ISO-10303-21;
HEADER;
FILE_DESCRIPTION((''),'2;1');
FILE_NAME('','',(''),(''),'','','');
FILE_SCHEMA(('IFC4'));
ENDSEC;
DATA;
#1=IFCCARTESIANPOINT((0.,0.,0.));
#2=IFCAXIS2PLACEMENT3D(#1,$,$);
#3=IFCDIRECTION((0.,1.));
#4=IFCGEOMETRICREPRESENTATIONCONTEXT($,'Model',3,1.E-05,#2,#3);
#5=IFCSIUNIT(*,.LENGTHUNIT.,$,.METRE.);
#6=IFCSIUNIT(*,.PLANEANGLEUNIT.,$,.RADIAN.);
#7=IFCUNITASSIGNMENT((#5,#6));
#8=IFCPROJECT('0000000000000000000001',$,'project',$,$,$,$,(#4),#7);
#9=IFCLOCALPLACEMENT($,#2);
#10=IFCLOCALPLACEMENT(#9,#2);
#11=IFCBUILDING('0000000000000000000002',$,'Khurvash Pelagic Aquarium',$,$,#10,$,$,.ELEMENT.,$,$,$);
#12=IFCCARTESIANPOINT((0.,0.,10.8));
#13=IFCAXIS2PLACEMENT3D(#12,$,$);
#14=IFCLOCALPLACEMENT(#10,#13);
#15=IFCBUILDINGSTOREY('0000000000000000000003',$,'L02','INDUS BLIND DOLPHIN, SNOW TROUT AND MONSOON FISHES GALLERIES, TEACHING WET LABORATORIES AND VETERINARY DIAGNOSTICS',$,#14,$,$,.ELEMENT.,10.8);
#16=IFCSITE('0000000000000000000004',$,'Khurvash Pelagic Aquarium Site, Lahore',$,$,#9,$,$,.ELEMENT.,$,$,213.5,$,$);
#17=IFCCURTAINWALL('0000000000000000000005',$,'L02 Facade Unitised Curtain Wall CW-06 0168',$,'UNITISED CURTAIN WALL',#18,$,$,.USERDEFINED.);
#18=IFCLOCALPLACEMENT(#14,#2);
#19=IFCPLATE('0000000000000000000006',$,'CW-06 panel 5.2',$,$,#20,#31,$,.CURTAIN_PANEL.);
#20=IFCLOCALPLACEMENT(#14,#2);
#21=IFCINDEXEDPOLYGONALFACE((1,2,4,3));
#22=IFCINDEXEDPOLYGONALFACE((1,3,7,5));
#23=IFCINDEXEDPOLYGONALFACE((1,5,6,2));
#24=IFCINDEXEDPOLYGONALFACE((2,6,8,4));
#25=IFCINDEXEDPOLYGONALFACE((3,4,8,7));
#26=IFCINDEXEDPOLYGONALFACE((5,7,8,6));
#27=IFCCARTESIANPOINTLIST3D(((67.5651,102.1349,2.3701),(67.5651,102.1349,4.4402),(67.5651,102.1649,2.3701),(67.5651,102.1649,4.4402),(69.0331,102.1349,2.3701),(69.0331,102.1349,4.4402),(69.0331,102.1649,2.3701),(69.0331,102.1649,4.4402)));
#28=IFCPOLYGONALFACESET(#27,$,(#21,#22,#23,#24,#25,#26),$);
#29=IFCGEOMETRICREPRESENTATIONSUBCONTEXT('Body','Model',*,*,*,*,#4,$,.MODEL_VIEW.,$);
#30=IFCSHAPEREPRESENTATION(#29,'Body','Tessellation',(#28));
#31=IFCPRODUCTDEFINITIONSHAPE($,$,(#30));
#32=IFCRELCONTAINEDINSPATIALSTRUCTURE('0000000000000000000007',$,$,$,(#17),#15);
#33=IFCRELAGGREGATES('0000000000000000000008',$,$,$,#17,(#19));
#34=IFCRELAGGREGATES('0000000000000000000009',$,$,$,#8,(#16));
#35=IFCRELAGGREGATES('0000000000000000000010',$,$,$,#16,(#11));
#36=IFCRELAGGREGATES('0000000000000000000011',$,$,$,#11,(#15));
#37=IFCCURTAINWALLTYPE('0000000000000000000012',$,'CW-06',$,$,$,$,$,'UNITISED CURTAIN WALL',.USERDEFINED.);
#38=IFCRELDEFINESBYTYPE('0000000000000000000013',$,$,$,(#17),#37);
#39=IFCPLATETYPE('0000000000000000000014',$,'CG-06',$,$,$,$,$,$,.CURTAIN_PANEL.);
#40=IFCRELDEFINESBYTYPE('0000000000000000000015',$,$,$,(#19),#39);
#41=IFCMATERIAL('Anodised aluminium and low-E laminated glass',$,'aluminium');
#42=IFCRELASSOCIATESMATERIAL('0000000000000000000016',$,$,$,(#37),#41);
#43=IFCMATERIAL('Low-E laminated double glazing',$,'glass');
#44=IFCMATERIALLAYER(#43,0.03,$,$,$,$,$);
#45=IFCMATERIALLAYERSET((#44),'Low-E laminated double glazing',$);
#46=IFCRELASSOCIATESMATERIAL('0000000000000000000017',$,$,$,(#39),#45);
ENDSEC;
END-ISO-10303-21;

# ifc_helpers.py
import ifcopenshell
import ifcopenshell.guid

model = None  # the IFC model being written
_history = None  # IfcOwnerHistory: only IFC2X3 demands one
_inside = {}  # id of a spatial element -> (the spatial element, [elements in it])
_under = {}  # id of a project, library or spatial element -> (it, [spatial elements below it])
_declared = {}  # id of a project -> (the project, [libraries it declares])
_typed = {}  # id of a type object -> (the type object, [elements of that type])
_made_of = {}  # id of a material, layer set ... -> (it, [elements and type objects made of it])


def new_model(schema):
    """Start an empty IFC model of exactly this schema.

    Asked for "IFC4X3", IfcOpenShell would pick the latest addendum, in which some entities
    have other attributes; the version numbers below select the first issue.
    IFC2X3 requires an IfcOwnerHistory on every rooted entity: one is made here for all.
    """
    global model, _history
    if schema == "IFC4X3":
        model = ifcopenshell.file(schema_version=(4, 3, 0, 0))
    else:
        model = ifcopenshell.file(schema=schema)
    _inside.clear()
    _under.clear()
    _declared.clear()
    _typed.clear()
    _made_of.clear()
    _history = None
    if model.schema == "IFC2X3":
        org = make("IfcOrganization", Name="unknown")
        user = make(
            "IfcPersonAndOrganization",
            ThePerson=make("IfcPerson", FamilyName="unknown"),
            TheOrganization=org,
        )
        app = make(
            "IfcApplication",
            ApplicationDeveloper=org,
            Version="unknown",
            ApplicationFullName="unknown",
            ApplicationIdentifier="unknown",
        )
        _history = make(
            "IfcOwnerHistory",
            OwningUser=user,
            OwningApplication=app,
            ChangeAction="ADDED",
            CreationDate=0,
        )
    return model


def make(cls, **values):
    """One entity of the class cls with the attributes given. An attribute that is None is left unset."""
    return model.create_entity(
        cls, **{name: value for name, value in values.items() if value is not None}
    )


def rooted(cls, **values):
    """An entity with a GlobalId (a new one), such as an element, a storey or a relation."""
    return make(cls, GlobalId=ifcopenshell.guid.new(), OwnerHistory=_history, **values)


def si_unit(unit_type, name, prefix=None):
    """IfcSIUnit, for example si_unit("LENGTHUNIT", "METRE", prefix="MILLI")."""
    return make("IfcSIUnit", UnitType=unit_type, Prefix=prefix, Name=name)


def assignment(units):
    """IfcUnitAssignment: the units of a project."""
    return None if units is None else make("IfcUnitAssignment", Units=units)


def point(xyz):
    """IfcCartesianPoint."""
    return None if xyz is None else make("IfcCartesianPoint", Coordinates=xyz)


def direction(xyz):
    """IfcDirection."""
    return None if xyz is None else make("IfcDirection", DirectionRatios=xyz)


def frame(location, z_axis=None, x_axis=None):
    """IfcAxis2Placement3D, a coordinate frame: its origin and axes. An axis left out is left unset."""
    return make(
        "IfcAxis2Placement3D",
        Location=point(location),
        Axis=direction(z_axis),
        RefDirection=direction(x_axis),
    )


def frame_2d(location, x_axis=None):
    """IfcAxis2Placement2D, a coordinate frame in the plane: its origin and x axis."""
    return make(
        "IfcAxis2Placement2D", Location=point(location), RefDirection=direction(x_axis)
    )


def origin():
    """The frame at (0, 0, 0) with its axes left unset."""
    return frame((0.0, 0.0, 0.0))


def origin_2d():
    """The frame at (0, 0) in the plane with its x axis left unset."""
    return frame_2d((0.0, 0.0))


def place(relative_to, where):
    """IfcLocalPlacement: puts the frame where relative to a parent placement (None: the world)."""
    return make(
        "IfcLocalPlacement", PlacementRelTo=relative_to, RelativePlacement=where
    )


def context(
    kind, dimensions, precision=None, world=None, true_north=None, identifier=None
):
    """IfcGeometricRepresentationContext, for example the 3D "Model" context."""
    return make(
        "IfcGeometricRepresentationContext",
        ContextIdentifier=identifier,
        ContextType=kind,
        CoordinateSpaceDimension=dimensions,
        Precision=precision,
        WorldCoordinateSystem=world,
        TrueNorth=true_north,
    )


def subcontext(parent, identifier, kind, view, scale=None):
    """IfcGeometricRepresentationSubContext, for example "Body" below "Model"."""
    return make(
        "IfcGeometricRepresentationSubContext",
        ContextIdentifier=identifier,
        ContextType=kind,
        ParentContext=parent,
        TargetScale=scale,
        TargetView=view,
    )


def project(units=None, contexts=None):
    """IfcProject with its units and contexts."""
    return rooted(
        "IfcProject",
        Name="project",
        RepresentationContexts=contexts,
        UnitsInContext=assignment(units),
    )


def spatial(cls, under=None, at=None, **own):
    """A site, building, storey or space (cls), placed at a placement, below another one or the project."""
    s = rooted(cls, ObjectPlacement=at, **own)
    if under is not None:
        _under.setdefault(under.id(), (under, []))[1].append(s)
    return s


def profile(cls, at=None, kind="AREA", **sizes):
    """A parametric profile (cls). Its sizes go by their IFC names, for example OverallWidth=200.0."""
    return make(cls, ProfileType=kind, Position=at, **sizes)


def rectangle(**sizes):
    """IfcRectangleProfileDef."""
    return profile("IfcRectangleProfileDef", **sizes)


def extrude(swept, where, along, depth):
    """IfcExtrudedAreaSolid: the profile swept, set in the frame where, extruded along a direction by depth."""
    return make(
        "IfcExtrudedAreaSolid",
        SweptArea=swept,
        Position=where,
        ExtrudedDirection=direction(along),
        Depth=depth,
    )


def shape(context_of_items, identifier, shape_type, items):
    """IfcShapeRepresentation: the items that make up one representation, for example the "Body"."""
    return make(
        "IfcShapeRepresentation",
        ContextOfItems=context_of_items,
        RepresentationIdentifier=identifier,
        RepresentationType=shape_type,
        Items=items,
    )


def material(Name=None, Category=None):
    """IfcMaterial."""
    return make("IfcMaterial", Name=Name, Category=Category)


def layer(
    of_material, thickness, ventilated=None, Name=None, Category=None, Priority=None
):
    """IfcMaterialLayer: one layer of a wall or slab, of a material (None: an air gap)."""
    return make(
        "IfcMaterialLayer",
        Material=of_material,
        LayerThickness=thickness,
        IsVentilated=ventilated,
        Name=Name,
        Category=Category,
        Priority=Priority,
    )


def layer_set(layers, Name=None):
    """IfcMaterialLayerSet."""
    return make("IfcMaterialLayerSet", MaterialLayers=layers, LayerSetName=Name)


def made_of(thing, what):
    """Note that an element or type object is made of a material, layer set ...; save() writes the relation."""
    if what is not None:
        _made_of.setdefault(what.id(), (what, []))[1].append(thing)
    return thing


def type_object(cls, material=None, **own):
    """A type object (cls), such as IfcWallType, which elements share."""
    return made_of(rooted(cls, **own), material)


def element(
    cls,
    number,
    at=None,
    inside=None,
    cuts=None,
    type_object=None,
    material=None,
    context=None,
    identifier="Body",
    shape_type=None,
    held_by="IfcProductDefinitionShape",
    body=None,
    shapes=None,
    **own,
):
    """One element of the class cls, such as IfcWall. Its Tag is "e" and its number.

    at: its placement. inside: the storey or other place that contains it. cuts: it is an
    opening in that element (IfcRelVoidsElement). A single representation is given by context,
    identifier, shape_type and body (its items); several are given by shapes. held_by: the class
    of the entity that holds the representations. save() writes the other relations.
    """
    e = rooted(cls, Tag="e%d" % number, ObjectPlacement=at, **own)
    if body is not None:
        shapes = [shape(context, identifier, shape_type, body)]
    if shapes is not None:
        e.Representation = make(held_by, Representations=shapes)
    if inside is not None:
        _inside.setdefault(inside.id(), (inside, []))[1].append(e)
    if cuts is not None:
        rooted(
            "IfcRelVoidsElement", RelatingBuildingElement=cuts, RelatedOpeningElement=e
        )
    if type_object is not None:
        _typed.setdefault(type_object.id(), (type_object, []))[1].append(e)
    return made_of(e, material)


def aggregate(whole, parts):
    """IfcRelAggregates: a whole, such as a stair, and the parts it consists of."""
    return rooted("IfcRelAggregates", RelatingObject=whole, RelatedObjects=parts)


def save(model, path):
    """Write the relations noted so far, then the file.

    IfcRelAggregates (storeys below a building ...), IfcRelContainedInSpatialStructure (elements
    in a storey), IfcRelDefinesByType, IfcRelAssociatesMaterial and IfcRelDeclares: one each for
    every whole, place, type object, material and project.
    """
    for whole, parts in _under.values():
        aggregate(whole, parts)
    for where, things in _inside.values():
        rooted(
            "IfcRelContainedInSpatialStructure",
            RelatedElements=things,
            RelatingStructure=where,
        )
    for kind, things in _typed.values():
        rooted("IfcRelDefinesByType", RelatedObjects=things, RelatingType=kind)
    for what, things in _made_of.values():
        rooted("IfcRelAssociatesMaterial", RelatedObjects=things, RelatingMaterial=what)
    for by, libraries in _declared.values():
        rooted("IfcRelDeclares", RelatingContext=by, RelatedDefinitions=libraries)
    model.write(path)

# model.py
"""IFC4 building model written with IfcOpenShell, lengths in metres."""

from ifc_helpers import new_model, si_unit, direction, frame, origin, origin_2d, place, context, subcontext, project, spatial, rectangle, extrude, material, layer, layer_set, type_object, element, aggregate, save


model = new_model("IFC4")

# Units and contexts
model_context = context("Model", 3, precision=1e-05, world=origin(), true_north=direction((0.0, 1.0)))
body_context = subcontext(model_context, "Body", "Model", "MODEL_VIEW")
ifc_project = project(units=[si_unit("LENGTHUNIT", "METRE"), si_unit("PLANEANGLEUNIT", "RADIAN")], contexts=[model_context])

# Site, building, storey
site_placement = place(None, origin())
site = spatial("IfcSite", under=ifc_project, at=site_placement, Name="Khurvash Pelagic Aquarium Site, Lahore", CompositionType="ELEMENT", RefElevation=213.5)
building_placement = place(site_placement, origin())
building = spatial("IfcBuilding", under=site, at=building_placement, Name="Khurvash Pelagic Aquarium", CompositionType="ELEMENT")
storey_placement = place(building_placement, frame((0.0, 0.0, 10.8)))
storey = spatial("IfcBuildingStorey", under=building, at=storey_placement, Name="L02", Description="INDUS BLIND DOLPHIN, SNOW TROUT AND MONSOON FISHES GALLERIES, TEACHING WET LABORATORIES AND VETERINARY DIAGNOSTICS", CompositionType="ELEMENT", Elevation=10.8)

# Curtain wall, plate
ifc_material_1 = material(Name="Anodised aluminium and low-E laminated glass", Category="aluminium")
curtain_wall_type = type_object("IfcCurtainWallType", Name="CW-06", ElementType="UNITISED CURTAIN WALL", PredefinedType="USERDEFINED", material=ifc_material_1)
curtain_wall_placement = place(storey_placement, origin())
curtain_wall = element("IfcCurtainWall", 1, at=curtain_wall_placement, inside=storey, type_object=curtain_wall_type, Name="L02 Facade Unitised Curtain Wall CW-06 0168", ObjectType="UNITISED CURTAIN WALL", PredefinedType="USERDEFINED")
ifc_material_2 = material(Name="Low-E laminated double glazing", Category="glass")
ifc_layer = layer(ifc_material_2, 0.03)
ifc_layer_set = layer_set([ifc_layer], Name="Low-E laminated double glazing")
plate_type = type_object("IfcPlateType", Name="CG-06", PredefinedType="CURTAIN_PANEL", material=ifc_layer_set)
plate_1_placement = place(storey_placement, frame((68.2991, 102.1499, 2.3701), z_axis=(0.0, 0.0, 1.0), x_axis=(-1.0, 0.0, 0.0)))
plate_1 = element("IfcPlate", 2, at=plate_1_placement, type_object=plate_type, Name="CW-06 panel 5.2", PredefinedType="CURTAIN_PANEL", context=body_context, shape_type="SweptSolid", body=[
    extrude(rectangle(XDim=1.468, YDim=0.03, at=origin_2d()), origin(), (0.0, 0.0, 1.0), 2.0701),
])
aggregate(curtain_wall, [plate_1])

save(model, "model.ifc")
